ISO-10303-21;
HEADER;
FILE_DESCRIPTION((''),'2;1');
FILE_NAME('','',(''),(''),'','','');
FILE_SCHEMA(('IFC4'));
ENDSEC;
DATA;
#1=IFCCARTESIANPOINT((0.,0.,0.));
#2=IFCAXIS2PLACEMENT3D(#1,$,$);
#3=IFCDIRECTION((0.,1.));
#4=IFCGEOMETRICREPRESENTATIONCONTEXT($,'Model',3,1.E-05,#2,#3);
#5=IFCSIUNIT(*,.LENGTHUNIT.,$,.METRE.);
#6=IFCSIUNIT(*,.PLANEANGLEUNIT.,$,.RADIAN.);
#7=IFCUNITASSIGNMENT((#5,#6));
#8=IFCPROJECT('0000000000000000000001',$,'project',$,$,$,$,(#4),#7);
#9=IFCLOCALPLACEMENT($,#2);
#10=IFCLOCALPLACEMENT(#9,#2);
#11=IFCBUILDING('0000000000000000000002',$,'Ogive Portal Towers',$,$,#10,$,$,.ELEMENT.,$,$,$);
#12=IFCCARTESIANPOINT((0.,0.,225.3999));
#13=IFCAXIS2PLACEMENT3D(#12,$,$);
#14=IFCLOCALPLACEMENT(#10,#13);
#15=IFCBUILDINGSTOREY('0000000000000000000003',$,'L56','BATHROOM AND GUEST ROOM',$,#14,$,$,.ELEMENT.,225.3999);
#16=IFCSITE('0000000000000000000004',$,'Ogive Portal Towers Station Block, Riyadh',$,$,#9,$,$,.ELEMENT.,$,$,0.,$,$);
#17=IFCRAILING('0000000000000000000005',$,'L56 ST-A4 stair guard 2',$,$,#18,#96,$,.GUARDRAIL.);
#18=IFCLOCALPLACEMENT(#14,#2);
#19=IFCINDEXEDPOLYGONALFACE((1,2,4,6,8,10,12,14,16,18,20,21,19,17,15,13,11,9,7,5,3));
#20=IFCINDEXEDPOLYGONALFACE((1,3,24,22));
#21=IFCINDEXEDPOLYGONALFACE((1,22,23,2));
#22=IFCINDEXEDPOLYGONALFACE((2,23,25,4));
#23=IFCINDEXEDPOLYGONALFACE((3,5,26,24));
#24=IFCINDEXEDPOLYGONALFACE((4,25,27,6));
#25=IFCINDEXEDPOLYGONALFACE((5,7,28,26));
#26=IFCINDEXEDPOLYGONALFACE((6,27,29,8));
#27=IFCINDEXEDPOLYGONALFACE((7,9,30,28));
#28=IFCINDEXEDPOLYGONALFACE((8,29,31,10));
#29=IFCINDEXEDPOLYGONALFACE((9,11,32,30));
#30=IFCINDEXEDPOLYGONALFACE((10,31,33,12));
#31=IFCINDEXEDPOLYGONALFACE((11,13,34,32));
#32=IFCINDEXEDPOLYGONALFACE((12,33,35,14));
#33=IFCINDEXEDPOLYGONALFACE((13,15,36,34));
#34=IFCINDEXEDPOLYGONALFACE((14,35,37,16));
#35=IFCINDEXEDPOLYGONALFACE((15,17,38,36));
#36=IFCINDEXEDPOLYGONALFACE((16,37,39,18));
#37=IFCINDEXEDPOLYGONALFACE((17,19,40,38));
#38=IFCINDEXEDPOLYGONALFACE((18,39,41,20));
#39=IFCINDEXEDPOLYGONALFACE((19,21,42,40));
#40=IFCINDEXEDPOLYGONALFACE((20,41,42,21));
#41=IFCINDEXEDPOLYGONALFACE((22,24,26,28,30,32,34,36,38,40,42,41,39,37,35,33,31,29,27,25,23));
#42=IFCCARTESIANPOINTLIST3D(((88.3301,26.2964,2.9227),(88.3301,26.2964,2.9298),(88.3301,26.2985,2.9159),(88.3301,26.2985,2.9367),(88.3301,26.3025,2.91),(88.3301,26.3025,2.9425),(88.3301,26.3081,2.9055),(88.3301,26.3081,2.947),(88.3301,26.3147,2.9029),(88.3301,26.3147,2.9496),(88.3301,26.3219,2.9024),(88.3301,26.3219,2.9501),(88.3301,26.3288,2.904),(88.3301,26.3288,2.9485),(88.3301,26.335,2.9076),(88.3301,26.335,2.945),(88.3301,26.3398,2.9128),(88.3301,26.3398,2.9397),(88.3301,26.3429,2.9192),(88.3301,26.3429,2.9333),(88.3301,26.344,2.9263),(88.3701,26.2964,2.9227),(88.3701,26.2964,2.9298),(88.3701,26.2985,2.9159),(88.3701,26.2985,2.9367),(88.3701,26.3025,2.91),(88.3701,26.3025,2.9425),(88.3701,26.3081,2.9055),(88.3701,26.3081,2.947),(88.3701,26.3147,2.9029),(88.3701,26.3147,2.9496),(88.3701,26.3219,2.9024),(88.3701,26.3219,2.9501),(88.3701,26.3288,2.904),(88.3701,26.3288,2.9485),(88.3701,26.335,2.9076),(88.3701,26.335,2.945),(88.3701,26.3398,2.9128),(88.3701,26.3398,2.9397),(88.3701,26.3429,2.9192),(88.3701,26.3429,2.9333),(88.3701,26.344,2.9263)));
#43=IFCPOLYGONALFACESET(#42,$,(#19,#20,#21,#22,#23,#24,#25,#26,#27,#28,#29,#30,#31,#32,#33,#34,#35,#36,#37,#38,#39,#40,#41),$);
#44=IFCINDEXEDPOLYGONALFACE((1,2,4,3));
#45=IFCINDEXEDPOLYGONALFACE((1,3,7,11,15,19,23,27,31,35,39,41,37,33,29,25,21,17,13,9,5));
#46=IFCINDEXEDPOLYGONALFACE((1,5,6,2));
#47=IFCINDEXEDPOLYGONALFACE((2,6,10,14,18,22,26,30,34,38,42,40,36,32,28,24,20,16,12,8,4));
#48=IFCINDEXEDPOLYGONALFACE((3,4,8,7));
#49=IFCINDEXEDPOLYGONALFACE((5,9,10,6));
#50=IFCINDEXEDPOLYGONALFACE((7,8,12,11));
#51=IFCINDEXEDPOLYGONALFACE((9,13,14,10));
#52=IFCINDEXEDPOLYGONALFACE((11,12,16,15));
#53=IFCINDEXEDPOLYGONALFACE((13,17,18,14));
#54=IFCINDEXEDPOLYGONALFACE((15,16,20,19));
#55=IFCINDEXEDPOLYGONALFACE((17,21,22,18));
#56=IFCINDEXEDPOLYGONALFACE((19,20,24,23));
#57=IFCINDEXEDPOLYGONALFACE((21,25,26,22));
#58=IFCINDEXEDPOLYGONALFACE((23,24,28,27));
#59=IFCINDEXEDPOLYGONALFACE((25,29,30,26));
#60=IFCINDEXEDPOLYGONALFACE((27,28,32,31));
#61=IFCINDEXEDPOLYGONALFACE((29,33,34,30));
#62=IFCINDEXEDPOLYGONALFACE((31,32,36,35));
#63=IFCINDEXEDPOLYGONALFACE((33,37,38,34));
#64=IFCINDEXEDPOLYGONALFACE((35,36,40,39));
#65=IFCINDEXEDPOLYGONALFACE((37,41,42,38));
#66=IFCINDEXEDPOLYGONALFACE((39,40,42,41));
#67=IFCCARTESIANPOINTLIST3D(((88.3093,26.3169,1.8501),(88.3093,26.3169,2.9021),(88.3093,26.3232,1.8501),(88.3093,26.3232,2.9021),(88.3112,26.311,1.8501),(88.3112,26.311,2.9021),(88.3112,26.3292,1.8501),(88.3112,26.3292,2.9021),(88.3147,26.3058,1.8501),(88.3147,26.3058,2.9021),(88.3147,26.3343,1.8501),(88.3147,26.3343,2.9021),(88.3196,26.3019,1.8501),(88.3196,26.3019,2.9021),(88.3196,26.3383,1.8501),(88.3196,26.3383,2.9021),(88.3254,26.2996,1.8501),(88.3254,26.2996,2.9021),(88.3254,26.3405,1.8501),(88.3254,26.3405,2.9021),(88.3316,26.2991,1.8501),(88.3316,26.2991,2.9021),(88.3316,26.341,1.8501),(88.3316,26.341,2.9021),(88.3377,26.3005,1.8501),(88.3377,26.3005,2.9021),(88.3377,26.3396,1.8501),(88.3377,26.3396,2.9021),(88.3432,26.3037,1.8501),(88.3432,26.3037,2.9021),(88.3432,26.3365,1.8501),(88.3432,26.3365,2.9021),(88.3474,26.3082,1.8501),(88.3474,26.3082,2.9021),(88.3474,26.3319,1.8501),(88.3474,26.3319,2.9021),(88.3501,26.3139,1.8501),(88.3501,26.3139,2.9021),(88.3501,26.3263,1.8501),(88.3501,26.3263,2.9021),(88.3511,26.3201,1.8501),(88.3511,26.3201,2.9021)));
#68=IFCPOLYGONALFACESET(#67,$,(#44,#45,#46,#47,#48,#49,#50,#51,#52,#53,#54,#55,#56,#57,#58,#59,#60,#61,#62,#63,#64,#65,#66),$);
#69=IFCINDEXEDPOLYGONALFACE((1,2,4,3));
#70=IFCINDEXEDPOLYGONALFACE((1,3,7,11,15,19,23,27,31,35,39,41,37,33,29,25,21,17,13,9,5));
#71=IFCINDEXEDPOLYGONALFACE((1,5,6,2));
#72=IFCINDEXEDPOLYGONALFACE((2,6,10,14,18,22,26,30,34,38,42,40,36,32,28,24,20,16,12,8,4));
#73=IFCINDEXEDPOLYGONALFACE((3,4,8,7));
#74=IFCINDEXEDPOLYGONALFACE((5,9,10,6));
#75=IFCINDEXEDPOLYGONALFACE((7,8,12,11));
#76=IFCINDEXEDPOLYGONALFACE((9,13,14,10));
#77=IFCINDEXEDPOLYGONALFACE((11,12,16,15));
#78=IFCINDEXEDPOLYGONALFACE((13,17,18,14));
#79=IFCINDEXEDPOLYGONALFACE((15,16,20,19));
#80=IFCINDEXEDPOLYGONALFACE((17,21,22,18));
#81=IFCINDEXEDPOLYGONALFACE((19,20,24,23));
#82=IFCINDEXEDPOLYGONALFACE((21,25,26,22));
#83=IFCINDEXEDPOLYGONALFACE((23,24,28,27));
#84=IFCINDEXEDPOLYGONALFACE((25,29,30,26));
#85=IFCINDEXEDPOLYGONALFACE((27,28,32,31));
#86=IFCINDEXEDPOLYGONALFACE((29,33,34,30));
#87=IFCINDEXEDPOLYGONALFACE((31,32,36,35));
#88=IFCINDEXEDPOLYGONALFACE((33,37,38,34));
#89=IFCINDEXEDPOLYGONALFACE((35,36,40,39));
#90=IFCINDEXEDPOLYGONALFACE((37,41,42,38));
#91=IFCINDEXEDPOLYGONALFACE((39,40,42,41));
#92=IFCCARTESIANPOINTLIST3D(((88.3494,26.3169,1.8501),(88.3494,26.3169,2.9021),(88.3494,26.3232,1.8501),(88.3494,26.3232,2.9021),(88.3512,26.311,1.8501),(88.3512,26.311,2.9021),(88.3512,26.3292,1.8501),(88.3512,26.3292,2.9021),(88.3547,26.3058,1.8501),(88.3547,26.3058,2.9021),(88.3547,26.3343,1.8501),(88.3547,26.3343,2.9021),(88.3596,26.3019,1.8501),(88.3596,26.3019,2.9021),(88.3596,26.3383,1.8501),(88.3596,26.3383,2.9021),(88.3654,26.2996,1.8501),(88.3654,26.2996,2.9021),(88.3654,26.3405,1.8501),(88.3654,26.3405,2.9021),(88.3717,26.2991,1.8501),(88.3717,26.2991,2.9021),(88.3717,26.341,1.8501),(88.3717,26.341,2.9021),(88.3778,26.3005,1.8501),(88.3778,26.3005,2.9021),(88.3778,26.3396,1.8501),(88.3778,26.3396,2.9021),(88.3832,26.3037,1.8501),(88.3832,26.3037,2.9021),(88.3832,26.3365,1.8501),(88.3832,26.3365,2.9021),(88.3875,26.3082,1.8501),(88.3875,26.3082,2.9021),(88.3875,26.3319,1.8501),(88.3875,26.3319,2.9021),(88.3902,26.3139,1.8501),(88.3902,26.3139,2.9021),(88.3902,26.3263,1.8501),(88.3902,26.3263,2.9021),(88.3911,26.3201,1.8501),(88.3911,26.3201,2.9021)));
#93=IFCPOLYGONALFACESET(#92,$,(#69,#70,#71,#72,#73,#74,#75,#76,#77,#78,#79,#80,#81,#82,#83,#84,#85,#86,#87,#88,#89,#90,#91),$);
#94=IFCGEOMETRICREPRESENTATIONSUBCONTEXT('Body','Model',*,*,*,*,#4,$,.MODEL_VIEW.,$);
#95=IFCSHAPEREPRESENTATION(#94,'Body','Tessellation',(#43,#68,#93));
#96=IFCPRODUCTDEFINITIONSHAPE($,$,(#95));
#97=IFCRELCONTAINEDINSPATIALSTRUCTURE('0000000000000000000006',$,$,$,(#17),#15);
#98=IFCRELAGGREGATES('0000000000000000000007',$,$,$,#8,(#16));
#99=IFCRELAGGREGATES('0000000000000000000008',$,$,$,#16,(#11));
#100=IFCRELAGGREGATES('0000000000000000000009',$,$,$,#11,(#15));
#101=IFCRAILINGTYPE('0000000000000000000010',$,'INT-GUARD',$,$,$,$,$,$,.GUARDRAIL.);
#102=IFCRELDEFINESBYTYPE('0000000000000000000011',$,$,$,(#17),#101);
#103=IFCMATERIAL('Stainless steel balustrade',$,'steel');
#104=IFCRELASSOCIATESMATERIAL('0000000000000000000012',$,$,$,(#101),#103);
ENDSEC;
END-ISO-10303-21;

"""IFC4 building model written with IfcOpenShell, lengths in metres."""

from ifc_helpers import new_model, si_unit, direction, frame, origin, origin_2d, place, context, subcontext, project, spatial, circle, extrude, material, type_object, element, save


model = new_model("IFC4")

# Units and contexts
model_context = context("Model", 3, precision=1e-05, world=origin(), true_north=direction((0.0, 1.0)))
body_context = subcontext(model_context, "Body", "Model", "MODEL_VIEW")
ifc_project = project(units=[si_unit("LENGTHUNIT", "METRE"), si_unit("PLANEANGLEUNIT", "RADIAN")], contexts=[model_context])

# Site, building, storey
site_placement = place(None, origin())
site = spatial("IfcSite", under=ifc_project, at=site_placement, Name="Ogive Portal Towers Station Block, Riyadh", CompositionType="ELEMENT", RefElevation=0.0)
building_placement = place(site_placement, origin())
building = spatial("IfcBuilding", under=site, at=building_placement, Name="Ogive Portal Towers", CompositionType="ELEMENT")
storey_placement = place(building_placement, frame((0.0, 0.0, 225.3999)))
storey = spatial("IfcBuildingStorey", under=building, at=storey_placement, Name="L56", Description="BATHROOM AND GUEST ROOM", CompositionType="ELEMENT", Elevation=225.3999)

# Railing
ifc_material_1 = material(Name="Stainless steel balustrade", Category="steel")
railing_type_1 = type_object("IfcRailingType", Name="INT-GUARD", PredefinedType="GUARDRAIL", material=ifc_material_1)
railing_1_placement = place(storey_placement, frame((88.3301, 26.3201, 1.8501)))
element("IfcRailing", 1, at=railing_1_placement, inside=storey, type_object=railing_type_1, Name="L56 ST-A4 stair guard 2", PredefinedType="GUARDRAIL", context=body_context, shape_type="SweptSolid", body=[
    extrude(circle(Radius=0.0239, at=origin_2d()), frame((0.0, 0.0, 1.0762), z_axis=(1.0, 0.0, 0.0), x_axis=(0.0, 1.0, 0.0)), (0.0, 0.0, 1.0), 0.04),
    extrude(circle(Radius=0.021, at=origin_2d()), origin(), (0.0, 0.0, 1.0), 1.052),
    extrude(circle(Radius=0.021, at=origin_2d()), frame((0.04, 0.0, 0.0)), (0.0, 0.0, 1.0), 1.052),
])

save(model, "model.ifc")
